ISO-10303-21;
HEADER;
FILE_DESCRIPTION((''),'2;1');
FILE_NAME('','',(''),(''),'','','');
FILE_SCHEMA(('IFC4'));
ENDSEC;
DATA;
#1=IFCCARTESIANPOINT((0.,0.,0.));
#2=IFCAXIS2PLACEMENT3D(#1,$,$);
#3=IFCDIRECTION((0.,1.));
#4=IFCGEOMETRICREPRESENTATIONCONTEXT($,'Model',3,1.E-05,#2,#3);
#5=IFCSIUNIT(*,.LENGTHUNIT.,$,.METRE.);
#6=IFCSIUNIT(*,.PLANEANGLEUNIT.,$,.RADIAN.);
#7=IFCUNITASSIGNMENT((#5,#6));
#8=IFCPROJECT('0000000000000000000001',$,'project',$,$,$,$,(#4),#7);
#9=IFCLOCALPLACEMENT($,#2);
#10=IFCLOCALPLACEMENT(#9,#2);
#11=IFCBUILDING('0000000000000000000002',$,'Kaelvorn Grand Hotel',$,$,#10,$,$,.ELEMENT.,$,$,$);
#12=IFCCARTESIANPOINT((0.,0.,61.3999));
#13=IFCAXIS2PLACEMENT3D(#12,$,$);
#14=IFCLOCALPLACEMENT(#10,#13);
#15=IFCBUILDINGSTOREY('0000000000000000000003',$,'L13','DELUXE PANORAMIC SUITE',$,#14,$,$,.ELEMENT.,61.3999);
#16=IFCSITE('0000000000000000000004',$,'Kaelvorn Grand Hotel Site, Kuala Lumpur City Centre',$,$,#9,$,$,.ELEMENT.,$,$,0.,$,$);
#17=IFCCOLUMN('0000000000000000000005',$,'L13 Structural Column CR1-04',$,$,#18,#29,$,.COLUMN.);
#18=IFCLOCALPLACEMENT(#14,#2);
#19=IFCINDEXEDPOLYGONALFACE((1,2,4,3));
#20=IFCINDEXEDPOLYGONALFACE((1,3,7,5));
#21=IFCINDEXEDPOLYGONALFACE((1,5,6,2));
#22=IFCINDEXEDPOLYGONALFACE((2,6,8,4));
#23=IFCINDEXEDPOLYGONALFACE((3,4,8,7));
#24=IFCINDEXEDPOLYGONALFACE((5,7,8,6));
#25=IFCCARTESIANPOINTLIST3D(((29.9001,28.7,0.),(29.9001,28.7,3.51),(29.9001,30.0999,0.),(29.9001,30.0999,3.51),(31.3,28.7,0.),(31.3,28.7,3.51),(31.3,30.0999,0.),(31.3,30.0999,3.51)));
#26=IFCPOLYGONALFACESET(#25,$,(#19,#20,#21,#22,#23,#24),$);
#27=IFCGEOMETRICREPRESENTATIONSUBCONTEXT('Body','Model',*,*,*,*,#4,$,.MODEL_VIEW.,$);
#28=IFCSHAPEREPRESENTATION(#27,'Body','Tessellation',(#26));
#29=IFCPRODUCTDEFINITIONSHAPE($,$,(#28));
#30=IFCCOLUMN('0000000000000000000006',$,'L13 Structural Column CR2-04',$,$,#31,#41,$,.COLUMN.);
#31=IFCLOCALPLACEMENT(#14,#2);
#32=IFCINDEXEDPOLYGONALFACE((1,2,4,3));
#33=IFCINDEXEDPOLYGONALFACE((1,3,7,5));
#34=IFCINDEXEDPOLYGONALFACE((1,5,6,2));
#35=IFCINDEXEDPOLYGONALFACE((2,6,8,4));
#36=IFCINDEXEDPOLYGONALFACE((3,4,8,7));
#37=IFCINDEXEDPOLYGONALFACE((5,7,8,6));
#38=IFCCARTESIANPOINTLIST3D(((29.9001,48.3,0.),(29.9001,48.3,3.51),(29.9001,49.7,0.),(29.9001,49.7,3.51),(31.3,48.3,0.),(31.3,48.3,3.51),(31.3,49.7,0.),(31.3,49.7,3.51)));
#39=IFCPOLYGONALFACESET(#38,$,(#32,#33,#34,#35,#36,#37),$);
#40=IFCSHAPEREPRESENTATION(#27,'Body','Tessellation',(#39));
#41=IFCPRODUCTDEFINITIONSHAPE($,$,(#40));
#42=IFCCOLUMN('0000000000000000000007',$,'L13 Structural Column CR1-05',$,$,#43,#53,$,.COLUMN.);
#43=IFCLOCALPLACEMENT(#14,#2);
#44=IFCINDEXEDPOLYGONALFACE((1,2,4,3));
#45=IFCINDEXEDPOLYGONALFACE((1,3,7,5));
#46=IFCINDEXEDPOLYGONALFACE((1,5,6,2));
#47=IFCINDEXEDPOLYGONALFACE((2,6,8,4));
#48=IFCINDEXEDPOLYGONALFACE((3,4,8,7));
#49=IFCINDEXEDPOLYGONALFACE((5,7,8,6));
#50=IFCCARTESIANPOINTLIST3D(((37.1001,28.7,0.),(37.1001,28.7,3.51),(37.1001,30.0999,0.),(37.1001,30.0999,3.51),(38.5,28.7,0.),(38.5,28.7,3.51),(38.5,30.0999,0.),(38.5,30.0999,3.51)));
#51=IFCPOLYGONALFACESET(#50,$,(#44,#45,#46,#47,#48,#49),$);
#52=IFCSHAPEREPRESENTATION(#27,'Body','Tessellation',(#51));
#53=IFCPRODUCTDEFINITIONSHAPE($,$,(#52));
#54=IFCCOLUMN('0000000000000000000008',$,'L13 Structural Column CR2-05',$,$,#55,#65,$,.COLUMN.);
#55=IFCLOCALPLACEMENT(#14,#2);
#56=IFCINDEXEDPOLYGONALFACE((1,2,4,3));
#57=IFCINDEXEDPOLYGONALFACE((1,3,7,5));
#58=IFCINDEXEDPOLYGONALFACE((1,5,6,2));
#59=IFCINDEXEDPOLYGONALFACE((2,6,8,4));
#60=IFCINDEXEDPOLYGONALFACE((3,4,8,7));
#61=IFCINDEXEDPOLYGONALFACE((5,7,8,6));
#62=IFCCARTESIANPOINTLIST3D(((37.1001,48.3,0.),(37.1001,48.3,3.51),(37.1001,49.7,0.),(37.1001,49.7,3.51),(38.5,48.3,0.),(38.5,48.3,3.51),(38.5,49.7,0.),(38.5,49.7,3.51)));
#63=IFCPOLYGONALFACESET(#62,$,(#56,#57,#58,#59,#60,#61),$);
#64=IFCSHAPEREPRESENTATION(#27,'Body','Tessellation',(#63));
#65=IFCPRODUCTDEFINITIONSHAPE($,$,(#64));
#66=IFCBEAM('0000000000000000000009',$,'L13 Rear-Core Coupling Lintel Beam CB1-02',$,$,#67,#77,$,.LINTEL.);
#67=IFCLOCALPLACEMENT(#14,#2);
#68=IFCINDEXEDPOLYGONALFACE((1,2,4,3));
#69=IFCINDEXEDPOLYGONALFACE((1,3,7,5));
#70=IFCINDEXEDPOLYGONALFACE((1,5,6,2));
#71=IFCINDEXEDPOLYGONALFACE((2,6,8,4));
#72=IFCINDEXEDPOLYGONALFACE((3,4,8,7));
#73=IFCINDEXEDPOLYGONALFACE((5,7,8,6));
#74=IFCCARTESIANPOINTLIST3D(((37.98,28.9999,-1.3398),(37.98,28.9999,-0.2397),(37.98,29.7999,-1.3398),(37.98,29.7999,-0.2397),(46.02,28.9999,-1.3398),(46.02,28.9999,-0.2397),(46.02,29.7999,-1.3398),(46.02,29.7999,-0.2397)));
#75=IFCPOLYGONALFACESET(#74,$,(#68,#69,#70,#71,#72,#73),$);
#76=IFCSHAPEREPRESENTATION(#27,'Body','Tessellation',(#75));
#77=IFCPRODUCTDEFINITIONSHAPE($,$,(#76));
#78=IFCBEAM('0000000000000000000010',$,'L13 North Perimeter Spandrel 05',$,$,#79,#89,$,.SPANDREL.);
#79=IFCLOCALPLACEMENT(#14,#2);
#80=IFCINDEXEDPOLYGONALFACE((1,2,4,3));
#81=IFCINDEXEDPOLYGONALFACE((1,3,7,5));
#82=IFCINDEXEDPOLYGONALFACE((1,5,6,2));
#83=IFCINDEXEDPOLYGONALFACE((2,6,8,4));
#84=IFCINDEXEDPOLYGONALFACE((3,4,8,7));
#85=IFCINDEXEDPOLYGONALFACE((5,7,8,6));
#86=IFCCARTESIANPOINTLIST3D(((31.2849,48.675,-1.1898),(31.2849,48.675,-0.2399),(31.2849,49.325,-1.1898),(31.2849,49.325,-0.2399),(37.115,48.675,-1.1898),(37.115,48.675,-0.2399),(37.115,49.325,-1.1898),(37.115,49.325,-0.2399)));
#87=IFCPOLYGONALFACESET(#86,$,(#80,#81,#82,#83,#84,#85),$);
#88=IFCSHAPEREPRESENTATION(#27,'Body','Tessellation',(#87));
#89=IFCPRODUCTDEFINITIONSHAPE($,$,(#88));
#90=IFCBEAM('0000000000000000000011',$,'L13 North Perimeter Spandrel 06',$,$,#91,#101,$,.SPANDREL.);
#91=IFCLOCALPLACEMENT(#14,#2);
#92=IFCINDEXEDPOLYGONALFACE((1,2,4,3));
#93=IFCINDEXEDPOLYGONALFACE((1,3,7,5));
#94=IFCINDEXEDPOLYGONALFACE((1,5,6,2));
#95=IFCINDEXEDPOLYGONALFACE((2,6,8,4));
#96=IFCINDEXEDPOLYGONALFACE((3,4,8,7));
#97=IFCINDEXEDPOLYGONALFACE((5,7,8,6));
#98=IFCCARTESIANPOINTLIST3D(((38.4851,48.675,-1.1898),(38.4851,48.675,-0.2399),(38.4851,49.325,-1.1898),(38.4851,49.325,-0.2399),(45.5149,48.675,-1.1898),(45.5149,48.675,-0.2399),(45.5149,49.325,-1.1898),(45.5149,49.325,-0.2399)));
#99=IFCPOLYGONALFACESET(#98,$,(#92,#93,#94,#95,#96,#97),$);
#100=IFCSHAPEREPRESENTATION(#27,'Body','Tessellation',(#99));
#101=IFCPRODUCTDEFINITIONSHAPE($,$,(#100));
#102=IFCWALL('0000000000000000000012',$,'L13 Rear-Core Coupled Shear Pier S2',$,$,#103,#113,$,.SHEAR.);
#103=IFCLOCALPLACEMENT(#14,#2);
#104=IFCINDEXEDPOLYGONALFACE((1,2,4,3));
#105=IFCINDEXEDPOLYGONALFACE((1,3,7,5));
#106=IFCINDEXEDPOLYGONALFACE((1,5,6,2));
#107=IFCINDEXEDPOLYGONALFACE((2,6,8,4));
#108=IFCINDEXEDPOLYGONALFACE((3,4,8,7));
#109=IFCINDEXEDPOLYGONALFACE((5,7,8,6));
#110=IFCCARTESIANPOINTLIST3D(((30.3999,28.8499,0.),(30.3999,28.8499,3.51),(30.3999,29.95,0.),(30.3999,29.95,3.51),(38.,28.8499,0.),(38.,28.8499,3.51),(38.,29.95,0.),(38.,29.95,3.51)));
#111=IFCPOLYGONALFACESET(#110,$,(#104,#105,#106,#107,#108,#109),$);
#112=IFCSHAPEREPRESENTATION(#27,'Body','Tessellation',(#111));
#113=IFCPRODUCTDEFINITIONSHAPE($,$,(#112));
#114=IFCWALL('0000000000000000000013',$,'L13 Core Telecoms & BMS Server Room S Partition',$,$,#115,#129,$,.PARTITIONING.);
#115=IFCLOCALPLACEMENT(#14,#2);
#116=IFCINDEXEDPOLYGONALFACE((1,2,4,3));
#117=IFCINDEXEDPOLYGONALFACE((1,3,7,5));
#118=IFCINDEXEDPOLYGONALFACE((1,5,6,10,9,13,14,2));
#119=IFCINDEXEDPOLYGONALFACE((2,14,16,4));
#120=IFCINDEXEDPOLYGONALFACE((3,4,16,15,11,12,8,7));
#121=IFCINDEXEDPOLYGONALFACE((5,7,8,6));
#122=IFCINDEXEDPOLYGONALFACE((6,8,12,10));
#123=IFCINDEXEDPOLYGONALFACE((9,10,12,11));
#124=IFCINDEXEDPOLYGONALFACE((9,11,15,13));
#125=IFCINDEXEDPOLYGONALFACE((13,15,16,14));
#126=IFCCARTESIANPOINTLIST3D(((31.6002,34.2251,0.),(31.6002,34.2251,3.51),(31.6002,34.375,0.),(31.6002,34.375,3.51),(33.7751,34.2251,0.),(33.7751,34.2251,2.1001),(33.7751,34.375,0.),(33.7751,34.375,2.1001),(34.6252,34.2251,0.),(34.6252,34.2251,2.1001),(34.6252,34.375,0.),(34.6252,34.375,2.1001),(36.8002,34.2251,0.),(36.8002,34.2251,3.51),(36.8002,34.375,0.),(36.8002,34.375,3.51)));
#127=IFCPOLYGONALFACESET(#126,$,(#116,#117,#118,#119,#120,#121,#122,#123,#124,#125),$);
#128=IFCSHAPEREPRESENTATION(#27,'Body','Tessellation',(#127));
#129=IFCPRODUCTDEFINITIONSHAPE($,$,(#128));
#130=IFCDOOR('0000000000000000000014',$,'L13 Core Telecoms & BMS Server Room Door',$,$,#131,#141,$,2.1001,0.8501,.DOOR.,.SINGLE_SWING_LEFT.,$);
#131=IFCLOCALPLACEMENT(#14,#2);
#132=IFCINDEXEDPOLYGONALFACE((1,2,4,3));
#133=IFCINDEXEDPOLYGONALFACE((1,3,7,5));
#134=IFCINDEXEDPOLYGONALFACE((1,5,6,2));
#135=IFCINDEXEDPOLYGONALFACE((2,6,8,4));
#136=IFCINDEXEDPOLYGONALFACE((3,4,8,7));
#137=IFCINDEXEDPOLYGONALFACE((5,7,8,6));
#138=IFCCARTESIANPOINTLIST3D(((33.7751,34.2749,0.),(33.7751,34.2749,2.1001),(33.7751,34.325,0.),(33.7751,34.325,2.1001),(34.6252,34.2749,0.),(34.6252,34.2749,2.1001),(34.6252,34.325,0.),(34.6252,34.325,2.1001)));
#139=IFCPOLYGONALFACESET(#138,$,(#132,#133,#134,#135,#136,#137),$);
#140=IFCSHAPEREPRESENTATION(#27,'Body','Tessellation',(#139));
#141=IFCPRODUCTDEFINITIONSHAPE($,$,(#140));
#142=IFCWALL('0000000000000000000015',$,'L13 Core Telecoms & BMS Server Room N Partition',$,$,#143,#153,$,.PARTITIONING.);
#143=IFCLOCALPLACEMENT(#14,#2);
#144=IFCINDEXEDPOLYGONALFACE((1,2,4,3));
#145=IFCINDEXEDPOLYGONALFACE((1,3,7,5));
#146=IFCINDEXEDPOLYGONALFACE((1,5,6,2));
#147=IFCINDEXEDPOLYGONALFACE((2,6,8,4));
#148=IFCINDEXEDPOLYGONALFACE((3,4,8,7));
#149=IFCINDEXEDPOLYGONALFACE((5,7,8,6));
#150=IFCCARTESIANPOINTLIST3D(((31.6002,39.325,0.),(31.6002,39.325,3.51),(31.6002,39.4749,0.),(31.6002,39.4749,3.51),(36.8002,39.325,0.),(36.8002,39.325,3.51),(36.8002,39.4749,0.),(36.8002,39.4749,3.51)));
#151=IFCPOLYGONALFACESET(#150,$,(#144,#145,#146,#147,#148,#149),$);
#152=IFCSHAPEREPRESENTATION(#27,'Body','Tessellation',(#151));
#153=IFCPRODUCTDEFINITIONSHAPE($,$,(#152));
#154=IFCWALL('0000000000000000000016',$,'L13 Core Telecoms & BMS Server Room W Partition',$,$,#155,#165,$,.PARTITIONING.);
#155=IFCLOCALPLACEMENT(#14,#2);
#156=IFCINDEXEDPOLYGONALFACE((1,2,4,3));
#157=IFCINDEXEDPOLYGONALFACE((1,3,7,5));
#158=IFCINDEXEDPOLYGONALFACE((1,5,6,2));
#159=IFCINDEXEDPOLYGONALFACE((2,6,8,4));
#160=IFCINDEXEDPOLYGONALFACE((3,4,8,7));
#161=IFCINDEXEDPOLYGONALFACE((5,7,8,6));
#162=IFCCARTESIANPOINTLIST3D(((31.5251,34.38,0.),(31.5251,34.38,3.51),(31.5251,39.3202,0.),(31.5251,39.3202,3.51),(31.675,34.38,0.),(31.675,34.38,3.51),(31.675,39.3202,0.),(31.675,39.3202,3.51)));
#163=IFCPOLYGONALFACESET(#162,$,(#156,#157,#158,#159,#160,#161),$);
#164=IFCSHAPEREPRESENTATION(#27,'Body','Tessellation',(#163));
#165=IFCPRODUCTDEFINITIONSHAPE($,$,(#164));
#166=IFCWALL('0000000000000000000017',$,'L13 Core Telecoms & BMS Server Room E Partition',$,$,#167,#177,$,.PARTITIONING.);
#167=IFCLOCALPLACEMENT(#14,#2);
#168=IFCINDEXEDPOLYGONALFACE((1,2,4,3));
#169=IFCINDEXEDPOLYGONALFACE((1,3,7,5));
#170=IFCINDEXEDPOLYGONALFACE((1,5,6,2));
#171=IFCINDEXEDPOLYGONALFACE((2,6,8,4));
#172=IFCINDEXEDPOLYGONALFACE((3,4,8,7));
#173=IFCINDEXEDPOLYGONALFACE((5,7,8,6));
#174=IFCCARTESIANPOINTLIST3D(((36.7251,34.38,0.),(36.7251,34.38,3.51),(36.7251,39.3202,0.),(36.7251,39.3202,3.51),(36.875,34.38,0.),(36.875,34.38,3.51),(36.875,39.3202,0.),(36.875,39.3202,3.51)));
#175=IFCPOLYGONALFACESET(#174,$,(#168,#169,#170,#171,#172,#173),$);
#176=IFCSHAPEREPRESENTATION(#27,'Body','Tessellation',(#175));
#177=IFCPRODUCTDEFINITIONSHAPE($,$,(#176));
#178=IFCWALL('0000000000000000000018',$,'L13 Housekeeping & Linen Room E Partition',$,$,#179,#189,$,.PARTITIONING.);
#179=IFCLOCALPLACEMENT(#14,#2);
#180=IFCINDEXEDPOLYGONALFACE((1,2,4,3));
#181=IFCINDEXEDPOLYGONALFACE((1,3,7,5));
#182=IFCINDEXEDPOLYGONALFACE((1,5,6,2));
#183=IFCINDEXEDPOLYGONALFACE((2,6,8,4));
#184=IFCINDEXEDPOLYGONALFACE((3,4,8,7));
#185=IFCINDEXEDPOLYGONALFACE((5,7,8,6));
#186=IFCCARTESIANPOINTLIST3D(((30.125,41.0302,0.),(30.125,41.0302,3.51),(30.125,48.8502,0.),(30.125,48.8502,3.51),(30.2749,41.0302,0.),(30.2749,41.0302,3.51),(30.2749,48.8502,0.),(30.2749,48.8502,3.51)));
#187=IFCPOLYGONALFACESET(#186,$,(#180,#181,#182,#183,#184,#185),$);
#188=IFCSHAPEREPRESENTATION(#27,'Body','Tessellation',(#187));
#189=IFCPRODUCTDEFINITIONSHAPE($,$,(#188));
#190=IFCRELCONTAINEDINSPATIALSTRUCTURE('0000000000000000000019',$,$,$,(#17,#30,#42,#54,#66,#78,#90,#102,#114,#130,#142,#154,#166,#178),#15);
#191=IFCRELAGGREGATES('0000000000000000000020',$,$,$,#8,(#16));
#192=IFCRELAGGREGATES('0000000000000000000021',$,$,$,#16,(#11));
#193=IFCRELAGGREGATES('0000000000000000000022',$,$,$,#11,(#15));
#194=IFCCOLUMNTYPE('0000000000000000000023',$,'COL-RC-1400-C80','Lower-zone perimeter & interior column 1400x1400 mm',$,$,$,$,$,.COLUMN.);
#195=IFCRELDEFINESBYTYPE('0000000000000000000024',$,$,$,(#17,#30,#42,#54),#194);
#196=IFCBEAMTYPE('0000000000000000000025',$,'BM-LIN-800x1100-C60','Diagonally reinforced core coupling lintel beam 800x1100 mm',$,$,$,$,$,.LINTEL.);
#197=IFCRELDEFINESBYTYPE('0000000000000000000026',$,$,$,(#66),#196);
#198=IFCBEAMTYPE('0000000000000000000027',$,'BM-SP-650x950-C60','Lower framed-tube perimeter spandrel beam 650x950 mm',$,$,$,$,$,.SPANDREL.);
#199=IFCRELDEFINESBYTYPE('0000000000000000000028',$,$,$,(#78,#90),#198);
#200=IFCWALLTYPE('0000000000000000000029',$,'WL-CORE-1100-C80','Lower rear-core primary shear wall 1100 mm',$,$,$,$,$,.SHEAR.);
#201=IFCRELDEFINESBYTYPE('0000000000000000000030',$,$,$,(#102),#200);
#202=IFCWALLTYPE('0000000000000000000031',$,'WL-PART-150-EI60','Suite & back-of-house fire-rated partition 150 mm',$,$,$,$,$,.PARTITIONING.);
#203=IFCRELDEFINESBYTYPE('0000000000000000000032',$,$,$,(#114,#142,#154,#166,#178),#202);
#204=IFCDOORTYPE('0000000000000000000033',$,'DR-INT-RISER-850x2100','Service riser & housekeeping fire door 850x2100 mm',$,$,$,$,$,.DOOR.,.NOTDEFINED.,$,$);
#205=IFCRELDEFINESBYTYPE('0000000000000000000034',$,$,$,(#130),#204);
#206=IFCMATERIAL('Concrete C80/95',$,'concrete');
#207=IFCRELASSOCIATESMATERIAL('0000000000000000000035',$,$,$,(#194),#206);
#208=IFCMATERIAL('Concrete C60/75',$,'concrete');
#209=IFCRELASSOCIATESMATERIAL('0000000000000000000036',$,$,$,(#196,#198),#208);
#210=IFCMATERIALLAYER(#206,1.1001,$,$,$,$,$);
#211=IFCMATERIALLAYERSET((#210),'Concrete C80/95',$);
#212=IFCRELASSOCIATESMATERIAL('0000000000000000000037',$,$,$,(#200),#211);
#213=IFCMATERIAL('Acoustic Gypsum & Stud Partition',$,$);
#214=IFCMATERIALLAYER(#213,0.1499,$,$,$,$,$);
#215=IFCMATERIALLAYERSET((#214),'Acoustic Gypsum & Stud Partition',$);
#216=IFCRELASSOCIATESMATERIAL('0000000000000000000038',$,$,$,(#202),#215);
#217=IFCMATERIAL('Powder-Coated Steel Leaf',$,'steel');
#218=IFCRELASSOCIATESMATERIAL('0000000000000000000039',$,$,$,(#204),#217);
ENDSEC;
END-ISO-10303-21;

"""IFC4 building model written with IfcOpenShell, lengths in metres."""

from ifc_helpers import new_model, si_unit, direction, frame, frame_2d, origin, origin_2d, place, context, subcontext, project, spatial, rectangle, extrude, material, layer, layer_set, material_profile, profile_set, type_object, element, fill, save


model = new_model("IFC4")

# Units and contexts
model_context = context("Model", 3, precision=1e-05, world=origin(), true_north=direction((0.0, 1.0)))
body_context = subcontext(model_context, "Body", "Model", "MODEL_VIEW")
ifc_project = project(units=[si_unit("LENGTHUNIT", "METRE"), si_unit("PLANEANGLEUNIT", "RADIAN")], contexts=[model_context])

# Site, building, storey
site_placement = place(None, origin())
site = spatial("IfcSite", under=ifc_project, at=site_placement, Name="Kaelvorn Grand Hotel Site, Kuala Lumpur City Centre", CompositionType="ELEMENT", RefElevation=0.0)
building_placement = place(site_placement, origin())
building = spatial("IfcBuilding", under=site, at=building_placement, Name="Kaelvorn Grand Hotel", CompositionType="ELEMENT")
storey_placement = place(building_placement, frame((0.0, 0.0, 61.3999)))
storey = spatial("IfcBuildingStorey", under=building, at=storey_placement, Name="L13", Description="DELUXE PANORAMIC SUITE", CompositionType="ELEMENT", Elevation=61.3999)

# Columns
ifc_material_1 = material(Name="Concrete C80/95", Category="concrete")
ifc_material_profile_1 = material_profile(ifc_material_1, rectangle(XDim=1.3999, YDim=1.3999, at=origin_2d()), Name="RC COL 1400x1400")
ifc_profile_set_1 = profile_set([ifc_material_profile_1], Name="Concrete C80/95")
column_type = type_object("IfcColumnType", Name="COL-RC-1400-C80", Description="Lower-zone perimeter & interior column 1400x1400 mm", PredefinedType="COLUMN", material=ifc_profile_set_1)
for number, where, z_axis, x_axis, name in (
    (1, (30.6001, 29.3999, 0.0), (0.0, 0.0, 1.0), (1.0, 0.0, 0.0), "L13 Structural Column CR1-04"),
    (2, (30.6001, 49.0, 0.0), (0.0, 0.0, 1.0), (1.0, 0.0, 0.0), "L13 Structural Column CR2-04"),
    (3, (37.8, 29.3999, 0.0), (0.0, 0.0, 1.0), (1.0, 0.0, 0.0), "L13 Structural Column CR1-05"),
    (4, (37.8, 49.0, 0.0), (0.0, 0.0, 1.0), (1.0, 0.0, 0.0), "L13 Structural Column CR2-05"),
):
    element("IfcColumn", number, at=place(storey_placement, frame(where, z_axis=z_axis, x_axis=x_axis)), inside=storey, type_object=column_type, Name=name, PredefinedType="COLUMN", context=body_context, shape_type="SweptSolid", body=[
        extrude(rectangle(XDim=1.3999, YDim=1.3999, at=origin_2d()), origin(), (0.0, 0.0, 1.0), 3.51),
    ])

# Beams
ifc_material_2 = material(Name="Concrete C60/75", Category="concrete")
ifc_material_profile_2 = material_profile(ifc_material_2, rectangle(XDim=0.8, YDim=1.1001, at=origin_2d()), Name="RC LINTEL 800x1100")
ifc_profile_set_2 = profile_set([ifc_material_profile_2], Name="Concrete C60/75")
beam_type_1 = type_object("IfcBeamType", Name="BM-LIN-800x1100-C60", Description="Diagonally reinforced core coupling lintel beam 800x1100 mm", PredefinedType="LINTEL", material=ifc_profile_set_2)
beam_1_placement = place(storey_placement, frame((37.98, 29.3999, -0.7898), z_axis=(1.0, 0.0, 0.0), x_axis=(0.0, 1.0, 0.0)))
element("IfcBeam", 5, at=beam_1_placement, inside=storey, type_object=beam_type_1, Name="L13 Rear-Core Coupling Lintel Beam CB1-02", PredefinedType="LINTEL", context=body_context, shape_type="SweptSolid", body=[
    extrude(rectangle(XDim=0.8, YDim=1.1001, at=origin_2d()), origin(), (0.0, 0.0, 1.0), 8.04),
])
ifc_material_profile_3 = material_profile(ifc_material_2, rectangle(XDim=0.6499, YDim=0.95, at=origin_2d()), Name="RC SPANDREL 650x950")
ifc_profile_set_3 = profile_set([ifc_material_profile_3], Name="Concrete C60/75")
beam_type_2 = type_object("IfcBeamType", Name="BM-SP-650x950-C60", Description="Lower framed-tube perimeter spandrel beam 650x950 mm", PredefinedType="SPANDREL", material=ifc_profile_set_3)
beam_2_placement = place(storey_placement, frame((31.2849, 49.0, -0.7148), z_axis=(1.0, 0.0, 0.0), x_axis=(0.0, 1.0, 0.0)))
element("IfcBeam", 6, at=beam_2_placement, inside=storey, type_object=beam_type_2, Name="L13 North Perimeter Spandrel 05", PredefinedType="SPANDREL", context=body_context, shape_type="SweptSolid", body=[
    extrude(rectangle(XDim=0.6499, YDim=0.95, at=origin_2d()), origin(), (0.0, 0.0, 1.0), 5.8301),
])
beam_3_placement = place(storey_placement, frame((38.4851, 49.0, -0.7148), z_axis=(1.0, 0.0, 0.0), x_axis=(0.0, 1.0, 0.0)))
element("IfcBeam", 7, at=beam_3_placement, inside=storey, type_object=beam_type_2, Name="L13 North Perimeter Spandrel 06", PredefinedType="SPANDREL", context=body_context, shape_type="SweptSolid", body=[
    extrude(rectangle(XDim=0.6499, YDim=0.95, at=origin_2d()), origin(), (0.0, 0.0, 1.0), 7.0298),
])

# Wall
ifc_layer_1 = layer(ifc_material_1, 1.1001)
ifc_layer_set_1 = layer_set([ifc_layer_1], Name="Concrete C80/95")
wall_type_1 = type_object("IfcWallType", Name="WL-CORE-1100-C80", Description="Lower rear-core primary shear wall 1100 mm", PredefinedType="SHEAR", material=ifc_layer_set_1)
wall_1_placement = place(storey_placement, frame((30.3999, 29.3999, 0.0), z_axis=(0.0, 0.0, 1.0), x_axis=(1.0, 0.0, 0.0)))
element("IfcWall", 8, at=wall_1_placement, inside=storey, type_object=wall_type_1, Name="L13 Rear-Core Coupled Shear Pier S2", PredefinedType="SHEAR", context=body_context, shape_type="SweptSolid", body=[
    extrude(rectangle(XDim=7.6001, YDim=1.1001, at=frame_2d((3.8, 0.0))), origin(), (0.0, 0.0, 1.0), 3.51),
])

# Wall, opening, door
ifc_material_3 = material(Name="Acoustic Gypsum & Stud Partition")
ifc_layer_2 = layer(ifc_material_3, 0.1499)
ifc_layer_set_2 = layer_set([ifc_layer_2], Name="Acoustic Gypsum & Stud Partition")
wall_type_2 = type_object("IfcWallType", Name="WL-PART-150-EI60", Description="Suite & back-of-house fire-rated partition 150 mm", PredefinedType="PARTITIONING", material=ifc_layer_set_2)
wall_2_placement = place(storey_placement, frame((31.6001, 34.3, 0.0), z_axis=(0.0, 0.0, 1.0), x_axis=(1.0, 0.0, 0.0)))
wall_2 = element("IfcWall", 9, at=wall_2_placement, inside=storey, type_object=wall_type_2, Name="L13 Core Telecoms & BMS Server Room S Partition", PredefinedType="PARTITIONING", context=body_context, shape_type="SweptSolid", body=[
    extrude(rectangle(XDim=5.2, YDim=0.1499, at=frame_2d((2.6001, 0.0))), origin(), (0.0, 0.0, 1.0), 3.51),
])
opening_1_placement = place(wall_2_placement, frame((2.175, 0.0, 0.0)))
opening_1 = element("IfcOpeningElement", 10, at=opening_1_placement, cuts=wall_2, PredefinedType="OPENING", context=body_context, shape_type="SweptSolid", body=[
    extrude(rectangle(XDim=0.8501, YDim=2.1001, at=frame_2d((0.425, 1.05))), frame((0.0, 0.085, 0.0), z_axis=(0.0, -1.0, 0.0), x_axis=(1.0, 0.0, 0.0)), (0.0, 0.0, 1.0), 0.1699),
])
ifc_material_4 = material(Name="Powder-Coated Steel Leaf", Category="steel")
door_type_1 = type_object("IfcDoorType", Name="DR-INT-RISER-850x2100", Description="Service riser & housekeeping fire door 850x2100 mm", OperationType="NOTDEFINED", PredefinedType="DOOR", material=ifc_material_4)
door_1_placement = place(opening_1_placement, origin())
door_1 = element("IfcDoor", 11, at=door_1_placement, inside=storey, type_object=door_type_1, Name="L13 Core Telecoms & BMS Server Room Door", OperationType="SINGLE_SWING_LEFT", OverallHeight=2.1001, OverallWidth=0.8501, PredefinedType="DOOR", context=body_context, shape_type="SweptSolid", body=[
    extrude(rectangle(XDim=0.8501, YDim=2.1001, at=frame_2d((0.425, 1.05))), frame((0.0, 0.0249, 0.0), z_axis=(0.0, -1.0, 0.0), x_axis=(1.0, 0.0, 0.0)), (0.0, 0.0, 1.0), 0.05),
])
fill(opening_1, door_1)

# Walls
wall_3_placement = place(storey_placement, frame((31.6001, 39.3999, 0.0), z_axis=(0.0, 0.0, 1.0), x_axis=(1.0, 0.0, 0.0)))
element("IfcWall", 12, at=wall_3_placement, inside=storey, type_object=wall_type_2, Name="L13 Core Telecoms & BMS Server Room N Partition", PredefinedType="PARTITIONING", context=body_context, shape_type="SweptSolid", body=[
    extrude(rectangle(XDim=5.2, YDim=0.1499, at=frame_2d((2.6001, 0.0))), origin(), (0.0, 0.0, 1.0), 3.51),
])
for number, where, z_axis, x_axis, name in (
    (13, (31.6001, 34.3799, 0.0), (0.0, 0.0, 1.0), (0.0, 1.0, 0.0), "L13 Core Telecoms & BMS Server Room W Partition"),
    (14, (36.8, 34.3799, 0.0), (0.0, 0.0, 1.0), (0.0, 1.0, 0.0), "L13 Core Telecoms & BMS Server Room E Partition"),
):
    element("IfcWall", number, at=place(storey_placement, frame(where, z_axis=z_axis, x_axis=x_axis)), inside=storey, type_object=wall_type_2, Name=name, PredefinedType="PARTITIONING", context=body_context, shape_type="SweptSolid", body=[
        extrude(rectangle(XDim=4.9402, YDim=0.1499, at=frame_2d((2.4702, 0.0))), origin(), (0.0, 0.0, 1.0), 3.51),
    ])
wall_4_placement = place(storey_placement, frame((30.2, 41.03, 0.0), z_axis=(0.0, 0.0, 1.0), x_axis=(0.0, 1.0, 0.0)))
element("IfcWall", 15, at=wall_4_placement, inside=storey, type_object=wall_type_2, Name="L13 Housekeeping & Linen Room E Partition", PredefinedType="PARTITIONING", context=body_context, shape_type="SweptSolid", body=[
    extrude(rectangle(XDim=7.8201, YDim=0.1499, at=frame_2d((3.9102, 0.0))), origin(), (0.0, 0.0, 1.0), 3.51),
])

save(model, "model.ifc")
